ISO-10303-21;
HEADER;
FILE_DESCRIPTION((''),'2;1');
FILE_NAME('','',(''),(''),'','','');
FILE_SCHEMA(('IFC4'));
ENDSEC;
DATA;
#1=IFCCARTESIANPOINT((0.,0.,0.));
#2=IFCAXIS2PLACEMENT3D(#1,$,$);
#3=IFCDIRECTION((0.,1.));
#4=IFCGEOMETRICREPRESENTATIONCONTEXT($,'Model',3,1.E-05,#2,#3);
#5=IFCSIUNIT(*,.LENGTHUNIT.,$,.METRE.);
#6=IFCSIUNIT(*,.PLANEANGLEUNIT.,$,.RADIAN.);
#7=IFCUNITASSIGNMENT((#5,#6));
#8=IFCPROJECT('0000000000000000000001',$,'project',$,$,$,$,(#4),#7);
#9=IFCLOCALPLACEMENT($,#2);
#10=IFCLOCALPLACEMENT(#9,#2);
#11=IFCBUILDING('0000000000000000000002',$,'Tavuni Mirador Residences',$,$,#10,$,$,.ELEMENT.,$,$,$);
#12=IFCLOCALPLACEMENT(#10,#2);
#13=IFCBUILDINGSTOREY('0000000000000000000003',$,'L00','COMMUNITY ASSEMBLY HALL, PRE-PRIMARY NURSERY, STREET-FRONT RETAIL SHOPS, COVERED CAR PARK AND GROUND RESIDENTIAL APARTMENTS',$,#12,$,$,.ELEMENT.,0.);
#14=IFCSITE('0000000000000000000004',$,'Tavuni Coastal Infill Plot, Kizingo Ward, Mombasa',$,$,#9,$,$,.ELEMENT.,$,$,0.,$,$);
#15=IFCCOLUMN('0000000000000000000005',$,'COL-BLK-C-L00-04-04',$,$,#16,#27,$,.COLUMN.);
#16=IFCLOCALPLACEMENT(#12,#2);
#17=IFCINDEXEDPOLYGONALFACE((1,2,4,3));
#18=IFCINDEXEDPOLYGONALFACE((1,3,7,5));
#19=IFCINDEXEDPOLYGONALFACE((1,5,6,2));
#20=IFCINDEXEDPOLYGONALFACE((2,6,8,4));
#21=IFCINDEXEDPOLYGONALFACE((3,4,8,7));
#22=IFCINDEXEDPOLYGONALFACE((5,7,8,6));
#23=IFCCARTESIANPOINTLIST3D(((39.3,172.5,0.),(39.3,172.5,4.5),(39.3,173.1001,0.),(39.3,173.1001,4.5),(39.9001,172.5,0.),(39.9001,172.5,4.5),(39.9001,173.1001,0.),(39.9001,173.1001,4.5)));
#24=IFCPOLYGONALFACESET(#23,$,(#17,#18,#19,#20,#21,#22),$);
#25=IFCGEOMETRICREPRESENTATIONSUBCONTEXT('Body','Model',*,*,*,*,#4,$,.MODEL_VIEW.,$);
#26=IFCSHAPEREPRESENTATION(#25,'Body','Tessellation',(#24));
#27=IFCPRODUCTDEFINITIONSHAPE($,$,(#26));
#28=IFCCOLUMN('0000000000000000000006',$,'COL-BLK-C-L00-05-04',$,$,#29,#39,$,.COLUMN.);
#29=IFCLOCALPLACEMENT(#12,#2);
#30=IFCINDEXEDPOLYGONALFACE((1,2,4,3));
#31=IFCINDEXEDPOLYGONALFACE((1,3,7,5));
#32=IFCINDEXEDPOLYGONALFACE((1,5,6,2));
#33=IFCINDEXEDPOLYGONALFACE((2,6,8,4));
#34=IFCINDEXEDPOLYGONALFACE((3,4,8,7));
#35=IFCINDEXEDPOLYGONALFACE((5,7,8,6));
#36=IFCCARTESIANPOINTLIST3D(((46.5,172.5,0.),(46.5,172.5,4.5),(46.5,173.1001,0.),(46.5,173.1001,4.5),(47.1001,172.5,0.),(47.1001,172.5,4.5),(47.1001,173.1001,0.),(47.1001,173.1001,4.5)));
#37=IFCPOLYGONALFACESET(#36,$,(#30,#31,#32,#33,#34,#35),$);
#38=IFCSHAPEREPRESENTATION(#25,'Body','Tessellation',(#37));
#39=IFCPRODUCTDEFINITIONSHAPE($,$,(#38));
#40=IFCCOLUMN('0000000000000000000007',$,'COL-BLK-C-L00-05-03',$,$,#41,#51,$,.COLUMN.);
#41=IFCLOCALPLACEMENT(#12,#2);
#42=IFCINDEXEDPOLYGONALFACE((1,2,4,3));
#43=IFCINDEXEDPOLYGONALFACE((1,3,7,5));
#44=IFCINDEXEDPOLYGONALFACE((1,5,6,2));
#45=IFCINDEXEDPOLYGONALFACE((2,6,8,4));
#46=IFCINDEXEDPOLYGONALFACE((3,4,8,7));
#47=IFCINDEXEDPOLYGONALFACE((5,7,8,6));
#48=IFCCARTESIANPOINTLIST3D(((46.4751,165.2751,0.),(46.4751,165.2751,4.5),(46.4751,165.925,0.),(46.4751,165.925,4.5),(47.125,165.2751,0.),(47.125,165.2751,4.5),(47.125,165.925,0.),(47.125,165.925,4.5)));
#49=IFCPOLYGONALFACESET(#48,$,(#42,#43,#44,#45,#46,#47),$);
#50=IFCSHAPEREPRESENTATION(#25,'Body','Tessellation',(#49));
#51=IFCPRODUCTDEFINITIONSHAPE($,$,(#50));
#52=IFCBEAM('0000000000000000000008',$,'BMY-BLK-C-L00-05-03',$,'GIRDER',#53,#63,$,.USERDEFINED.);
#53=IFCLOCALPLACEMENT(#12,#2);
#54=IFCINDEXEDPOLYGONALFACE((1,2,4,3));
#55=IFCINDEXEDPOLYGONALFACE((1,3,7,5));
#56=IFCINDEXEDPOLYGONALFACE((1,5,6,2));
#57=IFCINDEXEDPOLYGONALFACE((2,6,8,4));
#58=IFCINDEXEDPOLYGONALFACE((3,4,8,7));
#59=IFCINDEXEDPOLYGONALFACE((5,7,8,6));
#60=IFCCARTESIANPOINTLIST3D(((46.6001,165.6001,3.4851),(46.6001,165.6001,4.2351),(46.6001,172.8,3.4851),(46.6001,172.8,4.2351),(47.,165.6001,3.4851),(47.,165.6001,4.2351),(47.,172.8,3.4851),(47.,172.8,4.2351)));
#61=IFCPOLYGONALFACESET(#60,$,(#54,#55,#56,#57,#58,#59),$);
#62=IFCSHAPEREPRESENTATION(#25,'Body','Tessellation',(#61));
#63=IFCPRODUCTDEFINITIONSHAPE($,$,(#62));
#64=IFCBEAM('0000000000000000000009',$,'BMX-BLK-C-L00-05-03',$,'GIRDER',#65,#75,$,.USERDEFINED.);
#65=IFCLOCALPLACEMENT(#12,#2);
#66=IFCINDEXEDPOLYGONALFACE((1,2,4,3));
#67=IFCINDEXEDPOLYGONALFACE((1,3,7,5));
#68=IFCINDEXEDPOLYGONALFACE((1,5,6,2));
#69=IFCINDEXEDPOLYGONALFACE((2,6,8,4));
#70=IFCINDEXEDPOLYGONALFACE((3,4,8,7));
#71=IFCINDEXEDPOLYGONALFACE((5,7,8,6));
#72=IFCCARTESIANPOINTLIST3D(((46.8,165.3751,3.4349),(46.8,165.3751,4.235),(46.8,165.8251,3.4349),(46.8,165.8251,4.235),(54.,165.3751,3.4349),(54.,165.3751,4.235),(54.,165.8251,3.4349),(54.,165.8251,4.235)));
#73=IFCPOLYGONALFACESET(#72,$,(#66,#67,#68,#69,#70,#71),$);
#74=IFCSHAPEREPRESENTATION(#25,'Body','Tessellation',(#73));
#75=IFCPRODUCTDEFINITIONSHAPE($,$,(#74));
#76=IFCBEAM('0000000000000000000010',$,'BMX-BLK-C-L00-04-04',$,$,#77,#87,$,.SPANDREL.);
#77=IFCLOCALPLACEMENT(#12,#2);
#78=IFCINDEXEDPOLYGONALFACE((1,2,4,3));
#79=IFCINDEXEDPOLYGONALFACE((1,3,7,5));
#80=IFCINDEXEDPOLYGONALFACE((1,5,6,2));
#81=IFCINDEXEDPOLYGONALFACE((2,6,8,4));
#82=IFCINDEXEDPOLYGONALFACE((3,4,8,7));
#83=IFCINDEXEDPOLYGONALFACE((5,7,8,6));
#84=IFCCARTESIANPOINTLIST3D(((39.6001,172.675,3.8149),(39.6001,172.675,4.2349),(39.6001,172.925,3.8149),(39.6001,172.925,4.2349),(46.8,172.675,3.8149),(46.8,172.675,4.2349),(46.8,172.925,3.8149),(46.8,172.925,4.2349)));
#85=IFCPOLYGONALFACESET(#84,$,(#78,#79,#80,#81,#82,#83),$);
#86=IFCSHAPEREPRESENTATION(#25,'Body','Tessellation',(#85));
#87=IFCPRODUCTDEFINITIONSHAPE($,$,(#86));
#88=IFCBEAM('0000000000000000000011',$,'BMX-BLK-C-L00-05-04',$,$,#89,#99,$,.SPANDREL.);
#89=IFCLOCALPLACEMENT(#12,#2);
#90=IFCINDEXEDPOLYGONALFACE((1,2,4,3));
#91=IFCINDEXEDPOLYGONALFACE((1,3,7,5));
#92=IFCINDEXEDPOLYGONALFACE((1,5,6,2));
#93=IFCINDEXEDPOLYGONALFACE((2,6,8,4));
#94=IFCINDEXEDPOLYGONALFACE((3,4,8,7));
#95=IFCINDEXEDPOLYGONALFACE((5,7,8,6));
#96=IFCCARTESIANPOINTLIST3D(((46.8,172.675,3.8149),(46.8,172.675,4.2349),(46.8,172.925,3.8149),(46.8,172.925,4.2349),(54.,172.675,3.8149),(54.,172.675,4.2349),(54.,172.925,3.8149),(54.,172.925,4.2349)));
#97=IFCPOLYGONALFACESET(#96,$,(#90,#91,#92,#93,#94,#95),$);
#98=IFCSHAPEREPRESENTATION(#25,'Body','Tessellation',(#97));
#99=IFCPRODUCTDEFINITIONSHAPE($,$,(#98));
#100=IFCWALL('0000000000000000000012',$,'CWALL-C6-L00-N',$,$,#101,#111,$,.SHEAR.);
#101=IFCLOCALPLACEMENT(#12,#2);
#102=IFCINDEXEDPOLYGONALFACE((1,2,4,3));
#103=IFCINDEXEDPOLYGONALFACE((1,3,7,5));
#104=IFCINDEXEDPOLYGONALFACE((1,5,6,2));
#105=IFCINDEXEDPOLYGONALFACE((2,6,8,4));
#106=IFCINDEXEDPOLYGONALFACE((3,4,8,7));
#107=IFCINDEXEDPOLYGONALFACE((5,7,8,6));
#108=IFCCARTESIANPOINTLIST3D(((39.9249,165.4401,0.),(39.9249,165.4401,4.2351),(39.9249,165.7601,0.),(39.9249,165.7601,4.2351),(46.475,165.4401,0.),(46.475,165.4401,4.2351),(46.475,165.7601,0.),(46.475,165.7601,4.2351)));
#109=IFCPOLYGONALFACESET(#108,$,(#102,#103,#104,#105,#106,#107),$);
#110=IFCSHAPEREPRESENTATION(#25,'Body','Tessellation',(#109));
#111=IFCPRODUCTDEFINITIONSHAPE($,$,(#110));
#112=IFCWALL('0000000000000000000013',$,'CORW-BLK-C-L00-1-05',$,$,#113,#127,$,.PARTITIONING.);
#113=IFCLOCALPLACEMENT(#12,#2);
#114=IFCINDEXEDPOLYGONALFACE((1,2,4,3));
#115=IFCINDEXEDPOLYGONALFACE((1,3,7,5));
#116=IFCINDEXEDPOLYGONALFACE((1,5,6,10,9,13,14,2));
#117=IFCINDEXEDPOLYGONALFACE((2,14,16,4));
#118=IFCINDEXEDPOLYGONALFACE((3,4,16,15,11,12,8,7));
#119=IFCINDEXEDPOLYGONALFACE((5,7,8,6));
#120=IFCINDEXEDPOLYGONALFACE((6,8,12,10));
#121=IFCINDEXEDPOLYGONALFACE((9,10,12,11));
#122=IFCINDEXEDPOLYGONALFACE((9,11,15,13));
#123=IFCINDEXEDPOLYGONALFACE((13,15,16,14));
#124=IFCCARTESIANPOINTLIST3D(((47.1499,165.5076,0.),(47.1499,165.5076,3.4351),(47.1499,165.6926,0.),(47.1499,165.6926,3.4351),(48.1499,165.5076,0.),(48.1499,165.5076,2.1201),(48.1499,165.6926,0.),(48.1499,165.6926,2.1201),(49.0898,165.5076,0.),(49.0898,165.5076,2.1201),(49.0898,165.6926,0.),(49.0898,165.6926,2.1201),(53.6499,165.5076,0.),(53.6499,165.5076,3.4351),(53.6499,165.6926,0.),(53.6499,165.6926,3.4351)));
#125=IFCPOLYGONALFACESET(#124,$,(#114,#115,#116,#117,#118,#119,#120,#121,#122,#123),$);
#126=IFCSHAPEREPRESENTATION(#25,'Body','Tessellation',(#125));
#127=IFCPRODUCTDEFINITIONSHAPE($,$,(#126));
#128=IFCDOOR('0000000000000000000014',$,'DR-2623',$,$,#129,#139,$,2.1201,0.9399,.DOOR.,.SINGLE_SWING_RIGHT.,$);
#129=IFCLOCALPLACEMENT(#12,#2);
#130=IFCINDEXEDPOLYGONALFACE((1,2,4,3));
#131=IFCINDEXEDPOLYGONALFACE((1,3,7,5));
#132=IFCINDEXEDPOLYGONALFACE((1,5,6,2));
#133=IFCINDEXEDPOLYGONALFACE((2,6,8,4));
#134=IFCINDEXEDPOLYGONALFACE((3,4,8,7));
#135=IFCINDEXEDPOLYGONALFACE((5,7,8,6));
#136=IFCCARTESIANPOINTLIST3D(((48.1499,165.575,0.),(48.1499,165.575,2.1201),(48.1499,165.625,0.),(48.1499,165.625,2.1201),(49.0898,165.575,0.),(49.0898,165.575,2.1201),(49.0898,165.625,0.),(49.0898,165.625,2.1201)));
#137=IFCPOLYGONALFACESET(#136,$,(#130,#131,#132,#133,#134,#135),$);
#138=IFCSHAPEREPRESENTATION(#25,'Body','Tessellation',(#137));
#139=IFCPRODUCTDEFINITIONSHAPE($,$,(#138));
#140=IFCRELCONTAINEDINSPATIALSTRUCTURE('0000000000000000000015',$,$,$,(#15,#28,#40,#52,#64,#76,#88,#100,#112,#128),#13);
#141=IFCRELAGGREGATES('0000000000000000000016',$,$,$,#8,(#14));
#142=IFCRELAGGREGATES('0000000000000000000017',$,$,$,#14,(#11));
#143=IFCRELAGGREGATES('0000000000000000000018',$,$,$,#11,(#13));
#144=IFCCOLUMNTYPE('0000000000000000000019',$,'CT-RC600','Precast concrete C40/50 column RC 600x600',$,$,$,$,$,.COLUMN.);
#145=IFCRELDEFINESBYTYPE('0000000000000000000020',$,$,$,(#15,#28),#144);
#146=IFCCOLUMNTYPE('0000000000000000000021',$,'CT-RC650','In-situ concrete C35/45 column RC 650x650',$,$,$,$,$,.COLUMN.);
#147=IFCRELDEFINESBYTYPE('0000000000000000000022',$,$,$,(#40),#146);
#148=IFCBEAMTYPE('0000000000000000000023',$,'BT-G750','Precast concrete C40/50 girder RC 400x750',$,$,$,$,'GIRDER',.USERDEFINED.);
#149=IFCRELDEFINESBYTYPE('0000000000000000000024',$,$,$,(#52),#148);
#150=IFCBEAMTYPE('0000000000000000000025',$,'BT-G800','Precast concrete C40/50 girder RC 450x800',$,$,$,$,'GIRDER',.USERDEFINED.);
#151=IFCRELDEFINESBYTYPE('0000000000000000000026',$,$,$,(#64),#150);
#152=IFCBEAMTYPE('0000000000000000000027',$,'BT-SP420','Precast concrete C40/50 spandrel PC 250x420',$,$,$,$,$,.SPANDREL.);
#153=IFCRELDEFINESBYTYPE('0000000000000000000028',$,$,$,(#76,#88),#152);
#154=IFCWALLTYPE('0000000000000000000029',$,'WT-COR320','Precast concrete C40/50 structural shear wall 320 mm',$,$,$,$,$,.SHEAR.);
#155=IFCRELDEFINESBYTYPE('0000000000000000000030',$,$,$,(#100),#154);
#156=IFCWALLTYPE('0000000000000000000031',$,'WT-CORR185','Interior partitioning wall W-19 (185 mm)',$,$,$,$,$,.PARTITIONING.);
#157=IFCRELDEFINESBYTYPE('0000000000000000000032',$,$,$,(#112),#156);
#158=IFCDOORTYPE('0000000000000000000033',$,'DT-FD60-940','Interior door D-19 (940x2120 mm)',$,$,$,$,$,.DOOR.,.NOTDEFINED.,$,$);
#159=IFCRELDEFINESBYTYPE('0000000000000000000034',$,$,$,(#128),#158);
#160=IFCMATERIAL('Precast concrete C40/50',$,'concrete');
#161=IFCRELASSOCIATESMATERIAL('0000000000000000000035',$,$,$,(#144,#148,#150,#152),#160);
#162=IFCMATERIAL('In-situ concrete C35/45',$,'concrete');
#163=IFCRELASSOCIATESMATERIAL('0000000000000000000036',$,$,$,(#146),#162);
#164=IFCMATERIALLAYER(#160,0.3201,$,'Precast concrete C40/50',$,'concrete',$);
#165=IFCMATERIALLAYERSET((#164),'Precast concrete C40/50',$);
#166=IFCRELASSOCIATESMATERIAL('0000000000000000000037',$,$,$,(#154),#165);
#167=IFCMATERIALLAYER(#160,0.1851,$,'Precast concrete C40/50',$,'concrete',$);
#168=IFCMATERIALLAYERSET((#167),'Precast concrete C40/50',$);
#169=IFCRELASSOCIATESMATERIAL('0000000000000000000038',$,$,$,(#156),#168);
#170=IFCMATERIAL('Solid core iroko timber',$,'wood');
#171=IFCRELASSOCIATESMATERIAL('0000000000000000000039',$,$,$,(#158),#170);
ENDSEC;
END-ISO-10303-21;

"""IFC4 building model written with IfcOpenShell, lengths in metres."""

from ifc_helpers import new_model, si_unit, direction, frame, frame_2d, origin, origin_2d, place, context, subcontext, project, spatial, rectangle, extrude, material, layer, layer_set, material_profile, profile_set, type_object, element, fill, save


model = new_model("IFC4")

# Units and contexts
model_context = context("Model", 3, precision=1e-05, world=origin(), true_north=direction((0.0, 1.0)))
body_context = subcontext(model_context, "Body", "Model", "MODEL_VIEW")
ifc_project = project(units=[si_unit("LENGTHUNIT", "METRE"), si_unit("PLANEANGLEUNIT", "RADIAN")], contexts=[model_context])

# Site, building, storey
site_placement = place(None, origin())
site = spatial("IfcSite", under=ifc_project, at=site_placement, Name="Tavuni Coastal Infill Plot, Kizingo Ward, Mombasa", CompositionType="ELEMENT", RefElevation=0.0)
building_placement = place(site_placement, origin())
building = spatial("IfcBuilding", under=site, at=building_placement, Name="Tavuni Mirador Residences", CompositionType="ELEMENT")
storey_placement = place(building_placement, origin())
storey = spatial("IfcBuildingStorey", under=building, at=storey_placement, Name="L00", Description="COMMUNITY ASSEMBLY HALL, PRE-PRIMARY NURSERY, STREET-FRONT RETAIL SHOPS, COVERED CAR PARK AND GROUND RESIDENTIAL APARTMENTS", CompositionType="ELEMENT", Elevation=0.0)

# Columns
ifc_material_1 = material(Name="Precast concrete C40/50", Category="concrete")
ifc_material_profile_1 = material_profile(ifc_material_1, rectangle(XDim=0.6001, YDim=0.6001, at=origin_2d()), Name="RC 600x600", Category="concrete")
ifc_profile_set_1 = profile_set([ifc_material_profile_1], Name="Precast concrete C40/50")
column_type_1 = type_object("IfcColumnType", Name="CT-RC600", Description="Precast concrete C40/50 column RC 600x600", PredefinedType="COLUMN", material=ifc_profile_set_1)
for number, where, z_axis, x_axis, name in (
    (1, (39.6001, 172.8, 0.0), (0.0, 0.0, 1.0), (1.0, 0.0, 0.0), "COL-BLK-C-L00-04-04"),
    (2, (46.8, 172.8, 0.0), (0.0, 0.0, 1.0), (1.0, 0.0, 0.0), "COL-BLK-C-L00-05-04"),
):
    element("IfcColumn", number, at=place(storey_placement, frame(where, z_axis=z_axis, x_axis=x_axis)), inside=storey, type_object=column_type_1, Name=name, PredefinedType="COLUMN", context=body_context, shape_type="SweptSolid", body=[
        extrude(rectangle(XDim=0.6001, YDim=0.6001, at=origin_2d()), origin(), (0.0, 0.0, 1.0), 4.5),
    ])
ifc_material_2 = material(Name="In-situ concrete C35/45", Category="concrete")
ifc_material_profile_2 = material_profile(ifc_material_2, rectangle(XDim=0.6499, YDim=0.6499, at=origin_2d()), Name="RC 650x650", Category="concrete")
ifc_profile_set_2 = profile_set([ifc_material_profile_2], Name="In-situ concrete C35/45")
column_type_2 = type_object("IfcColumnType", Name="CT-RC650", Description="In-situ concrete C35/45 column RC 650x650", PredefinedType="COLUMN", material=ifc_profile_set_2)
column_placement = place(storey_placement, frame((46.8, 165.6001, 0.0), z_axis=(0.0, 0.0, 1.0), x_axis=(1.0, 0.0, 0.0)))
element("IfcColumn", 3, at=column_placement, inside=storey, type_object=column_type_2, Name="COL-BLK-C-L00-05-03", PredefinedType="COLUMN", context=body_context, shape_type="SweptSolid", body=[
    extrude(rectangle(XDim=0.6499, YDim=0.6499, at=origin_2d()), origin(), (0.0, 0.0, 1.0), 4.5),
])

# Beams
ifc_material_profile_3 = material_profile(ifc_material_1, rectangle(XDim=0.3999, YDim=0.75, at=origin_2d()), Name="RC 400x750", Category="concrete")
ifc_profile_set_3 = profile_set([ifc_material_profile_3], Name="Precast concrete C40/50")
beam_type_1 = type_object("IfcBeamType", Name="BT-G750", Description="Precast concrete C40/50 girder RC 400x750", ElementType="GIRDER", PredefinedType="USERDEFINED", material=ifc_profile_set_3)
beam_1_placement = place(storey_placement, frame((46.8, 165.6001, 3.8601), z_axis=(0.0, 1.0, 0.0), x_axis=(-1.0, 0.0, 0.0)))
element("IfcBeam", 4, at=beam_1_placement, inside=storey, type_object=beam_type_1, Name="BMY-BLK-C-L00-05-03", ObjectType="GIRDER", PredefinedType="USERDEFINED", context=body_context, shape_type="SweptSolid", body=[
    extrude(rectangle(XDim=0.3999, YDim=0.75, at=origin_2d()), origin(), (0.0, 0.0, 1.0), 7.2),
])
ifc_material_profile_4 = material_profile(ifc_material_1, rectangle(XDim=0.45, YDim=0.8, at=origin_2d()), Name="RC 450x800", Category="concrete")
ifc_profile_set_4 = profile_set([ifc_material_profile_4], Name="Precast concrete C40/50")
beam_type_2 = type_object("IfcBeamType", Name="BT-G800", Description="Precast concrete C40/50 girder RC 450x800", ElementType="GIRDER", PredefinedType="USERDEFINED", material=ifc_profile_set_4)
beam_2_placement = place(storey_placement, frame((46.8, 165.6001, 3.835), z_axis=(1.0, 0.0, 0.0), x_axis=(0.0, 1.0, 0.0)))
element("IfcBeam", 5, at=beam_2_placement, inside=storey, type_object=beam_type_2, Name="BMX-BLK-C-L00-05-03", ObjectType="GIRDER", PredefinedType="USERDEFINED", context=body_context, shape_type="SweptSolid", body=[
    extrude(rectangle(XDim=0.45, YDim=0.8, at=origin_2d()), origin(), (0.0, 0.0, 1.0), 7.2),
])
ifc_material_profile_5 = material_profile(ifc_material_1, rectangle(XDim=0.25, YDim=0.4199, at=origin_2d()), Name="PC 250x420", Category="concrete")
ifc_profile_set_5 = profile_set([ifc_material_profile_5], Name="Precast concrete C40/50")
beam_type_3 = type_object("IfcBeamType", Name="BT-SP420", Description="Precast concrete C40/50 spandrel PC 250x420", PredefinedType="SPANDREL", material=ifc_profile_set_5)
for number, where, z_axis, x_axis, name in (
    (6, (39.6001, 172.8, 4.0249), (1.0, 0.0, 0.0), (0.0, 1.0, 0.0), "BMX-BLK-C-L00-04-04"),
    (7, (46.8, 172.8, 4.0249), (1.0, 0.0, 0.0), (0.0, 1.0, 0.0), "BMX-BLK-C-L00-05-04"),
):
    element("IfcBeam", number, at=place(storey_placement, frame(where, z_axis=z_axis, x_axis=x_axis)), inside=storey, type_object=beam_type_3, Name=name, PredefinedType="SPANDREL", context=body_context, shape_type="SweptSolid", body=[
        extrude(rectangle(XDim=0.25, YDim=0.4199, at=origin_2d()), origin(), (0.0, 0.0, 1.0), 7.2),
    ])

# Wall
ifc_layer_1 = layer(ifc_material_1, 0.3201, Name="Precast concrete C40/50", Category="concrete")
ifc_layer_set_1 = layer_set([ifc_layer_1], Name="Precast concrete C40/50")
wall_type_1 = type_object("IfcWallType", Name="WT-COR320", Description="Precast concrete C40/50 structural shear wall 320 mm", PredefinedType="SHEAR", material=ifc_layer_set_1)
wall_1_placement = place(storey_placement, frame((39.925, 165.6001, 0.0), z_axis=(0.0, 0.0, 1.0), x_axis=(1.0, 0.0, 0.0)))
element("IfcWall", 8, at=wall_1_placement, inside=storey, type_object=wall_type_1, Name="CWALL-C6-L00-N", PredefinedType="SHEAR", context=body_context, shape_type="SweptSolid", body=[
    extrude(rectangle(XDim=6.55, YDim=0.3201, at=frame_2d((3.2749, 0.0))), origin(), (0.0, 0.0, 1.0), 4.2351),
])

# Wall, opening, door
ifc_layer_2 = layer(ifc_material_1, 0.1851, Name="Precast concrete C40/50", Category="concrete")
ifc_layer_set_2 = layer_set([ifc_layer_2], Name="Precast concrete C40/50")
wall_type_2 = type_object("IfcWallType", Name="WT-CORR185", Description="Interior partitioning wall W-19 (185 mm)", PredefinedType="PARTITIONING", material=ifc_layer_set_2)
wall_2_placement = place(storey_placement, frame((47.1499, 165.6001, 0.0), z_axis=(0.0, 0.0, 1.0), x_axis=(1.0, 0.0, 0.0)))
wall_2 = element("IfcWall", 9, at=wall_2_placement, inside=storey, type_object=wall_type_2, Name="CORW-BLK-C-L00-1-05", PredefinedType="PARTITIONING", context=body_context, shape_type="SweptSolid", body=[
    extrude(rectangle(XDim=6.5, YDim=0.1851, at=frame_2d((3.25, 0.0))), origin(), (0.0, 0.0, 1.0), 3.4351),
])
opening_1_placement = place(wall_2_placement, frame((1.0, 0.0, 0.0)))
opening_1 = element("IfcOpeningElement", 10, at=opening_1_placement, cuts=wall_2, PredefinedType="OPENING", context=body_context, shape_type="SweptSolid", body=[
    extrude(rectangle(XDim=0.9399, YDim=2.1201, at=frame_2d((0.47, 1.0601))), frame((0.0, 0.1025, 0.0), z_axis=(0.0, -1.0, 0.0), x_axis=(1.0, 0.0, 0.0)), (0.0, 0.0, 1.0), 0.2051),
])
ifc_material_3 = material(Name="Solid core iroko timber", Category="wood")
door_type_1 = type_object("IfcDoorType", Name="DT-FD60-940", Description="Interior door D-19 (940x2120 mm)", OperationType="NOTDEFINED", PredefinedType="DOOR", material=ifc_material_3)
door_1_placement = place(opening_1_placement, origin())
door_1 = element("IfcDoor", 11, at=door_1_placement, inside=storey, type_object=door_type_1, Name="DR-2623", OperationType="SINGLE_SWING_RIGHT", OverallHeight=2.1201, OverallWidth=0.9399, PredefinedType="DOOR", context=body_context, shape_type="SweptSolid", body=[
    extrude(rectangle(XDim=0.9399, YDim=2.1201, at=frame_2d((0.47, 1.0601))), frame((0.0, 0.0249, 0.0), z_axis=(0.0, -1.0, 0.0), x_axis=(1.0, 0.0, 0.0)), (0.0, 0.0, 1.0), 0.05),
])
fill(opening_1, door_1)

save(model, "model.ifc")
